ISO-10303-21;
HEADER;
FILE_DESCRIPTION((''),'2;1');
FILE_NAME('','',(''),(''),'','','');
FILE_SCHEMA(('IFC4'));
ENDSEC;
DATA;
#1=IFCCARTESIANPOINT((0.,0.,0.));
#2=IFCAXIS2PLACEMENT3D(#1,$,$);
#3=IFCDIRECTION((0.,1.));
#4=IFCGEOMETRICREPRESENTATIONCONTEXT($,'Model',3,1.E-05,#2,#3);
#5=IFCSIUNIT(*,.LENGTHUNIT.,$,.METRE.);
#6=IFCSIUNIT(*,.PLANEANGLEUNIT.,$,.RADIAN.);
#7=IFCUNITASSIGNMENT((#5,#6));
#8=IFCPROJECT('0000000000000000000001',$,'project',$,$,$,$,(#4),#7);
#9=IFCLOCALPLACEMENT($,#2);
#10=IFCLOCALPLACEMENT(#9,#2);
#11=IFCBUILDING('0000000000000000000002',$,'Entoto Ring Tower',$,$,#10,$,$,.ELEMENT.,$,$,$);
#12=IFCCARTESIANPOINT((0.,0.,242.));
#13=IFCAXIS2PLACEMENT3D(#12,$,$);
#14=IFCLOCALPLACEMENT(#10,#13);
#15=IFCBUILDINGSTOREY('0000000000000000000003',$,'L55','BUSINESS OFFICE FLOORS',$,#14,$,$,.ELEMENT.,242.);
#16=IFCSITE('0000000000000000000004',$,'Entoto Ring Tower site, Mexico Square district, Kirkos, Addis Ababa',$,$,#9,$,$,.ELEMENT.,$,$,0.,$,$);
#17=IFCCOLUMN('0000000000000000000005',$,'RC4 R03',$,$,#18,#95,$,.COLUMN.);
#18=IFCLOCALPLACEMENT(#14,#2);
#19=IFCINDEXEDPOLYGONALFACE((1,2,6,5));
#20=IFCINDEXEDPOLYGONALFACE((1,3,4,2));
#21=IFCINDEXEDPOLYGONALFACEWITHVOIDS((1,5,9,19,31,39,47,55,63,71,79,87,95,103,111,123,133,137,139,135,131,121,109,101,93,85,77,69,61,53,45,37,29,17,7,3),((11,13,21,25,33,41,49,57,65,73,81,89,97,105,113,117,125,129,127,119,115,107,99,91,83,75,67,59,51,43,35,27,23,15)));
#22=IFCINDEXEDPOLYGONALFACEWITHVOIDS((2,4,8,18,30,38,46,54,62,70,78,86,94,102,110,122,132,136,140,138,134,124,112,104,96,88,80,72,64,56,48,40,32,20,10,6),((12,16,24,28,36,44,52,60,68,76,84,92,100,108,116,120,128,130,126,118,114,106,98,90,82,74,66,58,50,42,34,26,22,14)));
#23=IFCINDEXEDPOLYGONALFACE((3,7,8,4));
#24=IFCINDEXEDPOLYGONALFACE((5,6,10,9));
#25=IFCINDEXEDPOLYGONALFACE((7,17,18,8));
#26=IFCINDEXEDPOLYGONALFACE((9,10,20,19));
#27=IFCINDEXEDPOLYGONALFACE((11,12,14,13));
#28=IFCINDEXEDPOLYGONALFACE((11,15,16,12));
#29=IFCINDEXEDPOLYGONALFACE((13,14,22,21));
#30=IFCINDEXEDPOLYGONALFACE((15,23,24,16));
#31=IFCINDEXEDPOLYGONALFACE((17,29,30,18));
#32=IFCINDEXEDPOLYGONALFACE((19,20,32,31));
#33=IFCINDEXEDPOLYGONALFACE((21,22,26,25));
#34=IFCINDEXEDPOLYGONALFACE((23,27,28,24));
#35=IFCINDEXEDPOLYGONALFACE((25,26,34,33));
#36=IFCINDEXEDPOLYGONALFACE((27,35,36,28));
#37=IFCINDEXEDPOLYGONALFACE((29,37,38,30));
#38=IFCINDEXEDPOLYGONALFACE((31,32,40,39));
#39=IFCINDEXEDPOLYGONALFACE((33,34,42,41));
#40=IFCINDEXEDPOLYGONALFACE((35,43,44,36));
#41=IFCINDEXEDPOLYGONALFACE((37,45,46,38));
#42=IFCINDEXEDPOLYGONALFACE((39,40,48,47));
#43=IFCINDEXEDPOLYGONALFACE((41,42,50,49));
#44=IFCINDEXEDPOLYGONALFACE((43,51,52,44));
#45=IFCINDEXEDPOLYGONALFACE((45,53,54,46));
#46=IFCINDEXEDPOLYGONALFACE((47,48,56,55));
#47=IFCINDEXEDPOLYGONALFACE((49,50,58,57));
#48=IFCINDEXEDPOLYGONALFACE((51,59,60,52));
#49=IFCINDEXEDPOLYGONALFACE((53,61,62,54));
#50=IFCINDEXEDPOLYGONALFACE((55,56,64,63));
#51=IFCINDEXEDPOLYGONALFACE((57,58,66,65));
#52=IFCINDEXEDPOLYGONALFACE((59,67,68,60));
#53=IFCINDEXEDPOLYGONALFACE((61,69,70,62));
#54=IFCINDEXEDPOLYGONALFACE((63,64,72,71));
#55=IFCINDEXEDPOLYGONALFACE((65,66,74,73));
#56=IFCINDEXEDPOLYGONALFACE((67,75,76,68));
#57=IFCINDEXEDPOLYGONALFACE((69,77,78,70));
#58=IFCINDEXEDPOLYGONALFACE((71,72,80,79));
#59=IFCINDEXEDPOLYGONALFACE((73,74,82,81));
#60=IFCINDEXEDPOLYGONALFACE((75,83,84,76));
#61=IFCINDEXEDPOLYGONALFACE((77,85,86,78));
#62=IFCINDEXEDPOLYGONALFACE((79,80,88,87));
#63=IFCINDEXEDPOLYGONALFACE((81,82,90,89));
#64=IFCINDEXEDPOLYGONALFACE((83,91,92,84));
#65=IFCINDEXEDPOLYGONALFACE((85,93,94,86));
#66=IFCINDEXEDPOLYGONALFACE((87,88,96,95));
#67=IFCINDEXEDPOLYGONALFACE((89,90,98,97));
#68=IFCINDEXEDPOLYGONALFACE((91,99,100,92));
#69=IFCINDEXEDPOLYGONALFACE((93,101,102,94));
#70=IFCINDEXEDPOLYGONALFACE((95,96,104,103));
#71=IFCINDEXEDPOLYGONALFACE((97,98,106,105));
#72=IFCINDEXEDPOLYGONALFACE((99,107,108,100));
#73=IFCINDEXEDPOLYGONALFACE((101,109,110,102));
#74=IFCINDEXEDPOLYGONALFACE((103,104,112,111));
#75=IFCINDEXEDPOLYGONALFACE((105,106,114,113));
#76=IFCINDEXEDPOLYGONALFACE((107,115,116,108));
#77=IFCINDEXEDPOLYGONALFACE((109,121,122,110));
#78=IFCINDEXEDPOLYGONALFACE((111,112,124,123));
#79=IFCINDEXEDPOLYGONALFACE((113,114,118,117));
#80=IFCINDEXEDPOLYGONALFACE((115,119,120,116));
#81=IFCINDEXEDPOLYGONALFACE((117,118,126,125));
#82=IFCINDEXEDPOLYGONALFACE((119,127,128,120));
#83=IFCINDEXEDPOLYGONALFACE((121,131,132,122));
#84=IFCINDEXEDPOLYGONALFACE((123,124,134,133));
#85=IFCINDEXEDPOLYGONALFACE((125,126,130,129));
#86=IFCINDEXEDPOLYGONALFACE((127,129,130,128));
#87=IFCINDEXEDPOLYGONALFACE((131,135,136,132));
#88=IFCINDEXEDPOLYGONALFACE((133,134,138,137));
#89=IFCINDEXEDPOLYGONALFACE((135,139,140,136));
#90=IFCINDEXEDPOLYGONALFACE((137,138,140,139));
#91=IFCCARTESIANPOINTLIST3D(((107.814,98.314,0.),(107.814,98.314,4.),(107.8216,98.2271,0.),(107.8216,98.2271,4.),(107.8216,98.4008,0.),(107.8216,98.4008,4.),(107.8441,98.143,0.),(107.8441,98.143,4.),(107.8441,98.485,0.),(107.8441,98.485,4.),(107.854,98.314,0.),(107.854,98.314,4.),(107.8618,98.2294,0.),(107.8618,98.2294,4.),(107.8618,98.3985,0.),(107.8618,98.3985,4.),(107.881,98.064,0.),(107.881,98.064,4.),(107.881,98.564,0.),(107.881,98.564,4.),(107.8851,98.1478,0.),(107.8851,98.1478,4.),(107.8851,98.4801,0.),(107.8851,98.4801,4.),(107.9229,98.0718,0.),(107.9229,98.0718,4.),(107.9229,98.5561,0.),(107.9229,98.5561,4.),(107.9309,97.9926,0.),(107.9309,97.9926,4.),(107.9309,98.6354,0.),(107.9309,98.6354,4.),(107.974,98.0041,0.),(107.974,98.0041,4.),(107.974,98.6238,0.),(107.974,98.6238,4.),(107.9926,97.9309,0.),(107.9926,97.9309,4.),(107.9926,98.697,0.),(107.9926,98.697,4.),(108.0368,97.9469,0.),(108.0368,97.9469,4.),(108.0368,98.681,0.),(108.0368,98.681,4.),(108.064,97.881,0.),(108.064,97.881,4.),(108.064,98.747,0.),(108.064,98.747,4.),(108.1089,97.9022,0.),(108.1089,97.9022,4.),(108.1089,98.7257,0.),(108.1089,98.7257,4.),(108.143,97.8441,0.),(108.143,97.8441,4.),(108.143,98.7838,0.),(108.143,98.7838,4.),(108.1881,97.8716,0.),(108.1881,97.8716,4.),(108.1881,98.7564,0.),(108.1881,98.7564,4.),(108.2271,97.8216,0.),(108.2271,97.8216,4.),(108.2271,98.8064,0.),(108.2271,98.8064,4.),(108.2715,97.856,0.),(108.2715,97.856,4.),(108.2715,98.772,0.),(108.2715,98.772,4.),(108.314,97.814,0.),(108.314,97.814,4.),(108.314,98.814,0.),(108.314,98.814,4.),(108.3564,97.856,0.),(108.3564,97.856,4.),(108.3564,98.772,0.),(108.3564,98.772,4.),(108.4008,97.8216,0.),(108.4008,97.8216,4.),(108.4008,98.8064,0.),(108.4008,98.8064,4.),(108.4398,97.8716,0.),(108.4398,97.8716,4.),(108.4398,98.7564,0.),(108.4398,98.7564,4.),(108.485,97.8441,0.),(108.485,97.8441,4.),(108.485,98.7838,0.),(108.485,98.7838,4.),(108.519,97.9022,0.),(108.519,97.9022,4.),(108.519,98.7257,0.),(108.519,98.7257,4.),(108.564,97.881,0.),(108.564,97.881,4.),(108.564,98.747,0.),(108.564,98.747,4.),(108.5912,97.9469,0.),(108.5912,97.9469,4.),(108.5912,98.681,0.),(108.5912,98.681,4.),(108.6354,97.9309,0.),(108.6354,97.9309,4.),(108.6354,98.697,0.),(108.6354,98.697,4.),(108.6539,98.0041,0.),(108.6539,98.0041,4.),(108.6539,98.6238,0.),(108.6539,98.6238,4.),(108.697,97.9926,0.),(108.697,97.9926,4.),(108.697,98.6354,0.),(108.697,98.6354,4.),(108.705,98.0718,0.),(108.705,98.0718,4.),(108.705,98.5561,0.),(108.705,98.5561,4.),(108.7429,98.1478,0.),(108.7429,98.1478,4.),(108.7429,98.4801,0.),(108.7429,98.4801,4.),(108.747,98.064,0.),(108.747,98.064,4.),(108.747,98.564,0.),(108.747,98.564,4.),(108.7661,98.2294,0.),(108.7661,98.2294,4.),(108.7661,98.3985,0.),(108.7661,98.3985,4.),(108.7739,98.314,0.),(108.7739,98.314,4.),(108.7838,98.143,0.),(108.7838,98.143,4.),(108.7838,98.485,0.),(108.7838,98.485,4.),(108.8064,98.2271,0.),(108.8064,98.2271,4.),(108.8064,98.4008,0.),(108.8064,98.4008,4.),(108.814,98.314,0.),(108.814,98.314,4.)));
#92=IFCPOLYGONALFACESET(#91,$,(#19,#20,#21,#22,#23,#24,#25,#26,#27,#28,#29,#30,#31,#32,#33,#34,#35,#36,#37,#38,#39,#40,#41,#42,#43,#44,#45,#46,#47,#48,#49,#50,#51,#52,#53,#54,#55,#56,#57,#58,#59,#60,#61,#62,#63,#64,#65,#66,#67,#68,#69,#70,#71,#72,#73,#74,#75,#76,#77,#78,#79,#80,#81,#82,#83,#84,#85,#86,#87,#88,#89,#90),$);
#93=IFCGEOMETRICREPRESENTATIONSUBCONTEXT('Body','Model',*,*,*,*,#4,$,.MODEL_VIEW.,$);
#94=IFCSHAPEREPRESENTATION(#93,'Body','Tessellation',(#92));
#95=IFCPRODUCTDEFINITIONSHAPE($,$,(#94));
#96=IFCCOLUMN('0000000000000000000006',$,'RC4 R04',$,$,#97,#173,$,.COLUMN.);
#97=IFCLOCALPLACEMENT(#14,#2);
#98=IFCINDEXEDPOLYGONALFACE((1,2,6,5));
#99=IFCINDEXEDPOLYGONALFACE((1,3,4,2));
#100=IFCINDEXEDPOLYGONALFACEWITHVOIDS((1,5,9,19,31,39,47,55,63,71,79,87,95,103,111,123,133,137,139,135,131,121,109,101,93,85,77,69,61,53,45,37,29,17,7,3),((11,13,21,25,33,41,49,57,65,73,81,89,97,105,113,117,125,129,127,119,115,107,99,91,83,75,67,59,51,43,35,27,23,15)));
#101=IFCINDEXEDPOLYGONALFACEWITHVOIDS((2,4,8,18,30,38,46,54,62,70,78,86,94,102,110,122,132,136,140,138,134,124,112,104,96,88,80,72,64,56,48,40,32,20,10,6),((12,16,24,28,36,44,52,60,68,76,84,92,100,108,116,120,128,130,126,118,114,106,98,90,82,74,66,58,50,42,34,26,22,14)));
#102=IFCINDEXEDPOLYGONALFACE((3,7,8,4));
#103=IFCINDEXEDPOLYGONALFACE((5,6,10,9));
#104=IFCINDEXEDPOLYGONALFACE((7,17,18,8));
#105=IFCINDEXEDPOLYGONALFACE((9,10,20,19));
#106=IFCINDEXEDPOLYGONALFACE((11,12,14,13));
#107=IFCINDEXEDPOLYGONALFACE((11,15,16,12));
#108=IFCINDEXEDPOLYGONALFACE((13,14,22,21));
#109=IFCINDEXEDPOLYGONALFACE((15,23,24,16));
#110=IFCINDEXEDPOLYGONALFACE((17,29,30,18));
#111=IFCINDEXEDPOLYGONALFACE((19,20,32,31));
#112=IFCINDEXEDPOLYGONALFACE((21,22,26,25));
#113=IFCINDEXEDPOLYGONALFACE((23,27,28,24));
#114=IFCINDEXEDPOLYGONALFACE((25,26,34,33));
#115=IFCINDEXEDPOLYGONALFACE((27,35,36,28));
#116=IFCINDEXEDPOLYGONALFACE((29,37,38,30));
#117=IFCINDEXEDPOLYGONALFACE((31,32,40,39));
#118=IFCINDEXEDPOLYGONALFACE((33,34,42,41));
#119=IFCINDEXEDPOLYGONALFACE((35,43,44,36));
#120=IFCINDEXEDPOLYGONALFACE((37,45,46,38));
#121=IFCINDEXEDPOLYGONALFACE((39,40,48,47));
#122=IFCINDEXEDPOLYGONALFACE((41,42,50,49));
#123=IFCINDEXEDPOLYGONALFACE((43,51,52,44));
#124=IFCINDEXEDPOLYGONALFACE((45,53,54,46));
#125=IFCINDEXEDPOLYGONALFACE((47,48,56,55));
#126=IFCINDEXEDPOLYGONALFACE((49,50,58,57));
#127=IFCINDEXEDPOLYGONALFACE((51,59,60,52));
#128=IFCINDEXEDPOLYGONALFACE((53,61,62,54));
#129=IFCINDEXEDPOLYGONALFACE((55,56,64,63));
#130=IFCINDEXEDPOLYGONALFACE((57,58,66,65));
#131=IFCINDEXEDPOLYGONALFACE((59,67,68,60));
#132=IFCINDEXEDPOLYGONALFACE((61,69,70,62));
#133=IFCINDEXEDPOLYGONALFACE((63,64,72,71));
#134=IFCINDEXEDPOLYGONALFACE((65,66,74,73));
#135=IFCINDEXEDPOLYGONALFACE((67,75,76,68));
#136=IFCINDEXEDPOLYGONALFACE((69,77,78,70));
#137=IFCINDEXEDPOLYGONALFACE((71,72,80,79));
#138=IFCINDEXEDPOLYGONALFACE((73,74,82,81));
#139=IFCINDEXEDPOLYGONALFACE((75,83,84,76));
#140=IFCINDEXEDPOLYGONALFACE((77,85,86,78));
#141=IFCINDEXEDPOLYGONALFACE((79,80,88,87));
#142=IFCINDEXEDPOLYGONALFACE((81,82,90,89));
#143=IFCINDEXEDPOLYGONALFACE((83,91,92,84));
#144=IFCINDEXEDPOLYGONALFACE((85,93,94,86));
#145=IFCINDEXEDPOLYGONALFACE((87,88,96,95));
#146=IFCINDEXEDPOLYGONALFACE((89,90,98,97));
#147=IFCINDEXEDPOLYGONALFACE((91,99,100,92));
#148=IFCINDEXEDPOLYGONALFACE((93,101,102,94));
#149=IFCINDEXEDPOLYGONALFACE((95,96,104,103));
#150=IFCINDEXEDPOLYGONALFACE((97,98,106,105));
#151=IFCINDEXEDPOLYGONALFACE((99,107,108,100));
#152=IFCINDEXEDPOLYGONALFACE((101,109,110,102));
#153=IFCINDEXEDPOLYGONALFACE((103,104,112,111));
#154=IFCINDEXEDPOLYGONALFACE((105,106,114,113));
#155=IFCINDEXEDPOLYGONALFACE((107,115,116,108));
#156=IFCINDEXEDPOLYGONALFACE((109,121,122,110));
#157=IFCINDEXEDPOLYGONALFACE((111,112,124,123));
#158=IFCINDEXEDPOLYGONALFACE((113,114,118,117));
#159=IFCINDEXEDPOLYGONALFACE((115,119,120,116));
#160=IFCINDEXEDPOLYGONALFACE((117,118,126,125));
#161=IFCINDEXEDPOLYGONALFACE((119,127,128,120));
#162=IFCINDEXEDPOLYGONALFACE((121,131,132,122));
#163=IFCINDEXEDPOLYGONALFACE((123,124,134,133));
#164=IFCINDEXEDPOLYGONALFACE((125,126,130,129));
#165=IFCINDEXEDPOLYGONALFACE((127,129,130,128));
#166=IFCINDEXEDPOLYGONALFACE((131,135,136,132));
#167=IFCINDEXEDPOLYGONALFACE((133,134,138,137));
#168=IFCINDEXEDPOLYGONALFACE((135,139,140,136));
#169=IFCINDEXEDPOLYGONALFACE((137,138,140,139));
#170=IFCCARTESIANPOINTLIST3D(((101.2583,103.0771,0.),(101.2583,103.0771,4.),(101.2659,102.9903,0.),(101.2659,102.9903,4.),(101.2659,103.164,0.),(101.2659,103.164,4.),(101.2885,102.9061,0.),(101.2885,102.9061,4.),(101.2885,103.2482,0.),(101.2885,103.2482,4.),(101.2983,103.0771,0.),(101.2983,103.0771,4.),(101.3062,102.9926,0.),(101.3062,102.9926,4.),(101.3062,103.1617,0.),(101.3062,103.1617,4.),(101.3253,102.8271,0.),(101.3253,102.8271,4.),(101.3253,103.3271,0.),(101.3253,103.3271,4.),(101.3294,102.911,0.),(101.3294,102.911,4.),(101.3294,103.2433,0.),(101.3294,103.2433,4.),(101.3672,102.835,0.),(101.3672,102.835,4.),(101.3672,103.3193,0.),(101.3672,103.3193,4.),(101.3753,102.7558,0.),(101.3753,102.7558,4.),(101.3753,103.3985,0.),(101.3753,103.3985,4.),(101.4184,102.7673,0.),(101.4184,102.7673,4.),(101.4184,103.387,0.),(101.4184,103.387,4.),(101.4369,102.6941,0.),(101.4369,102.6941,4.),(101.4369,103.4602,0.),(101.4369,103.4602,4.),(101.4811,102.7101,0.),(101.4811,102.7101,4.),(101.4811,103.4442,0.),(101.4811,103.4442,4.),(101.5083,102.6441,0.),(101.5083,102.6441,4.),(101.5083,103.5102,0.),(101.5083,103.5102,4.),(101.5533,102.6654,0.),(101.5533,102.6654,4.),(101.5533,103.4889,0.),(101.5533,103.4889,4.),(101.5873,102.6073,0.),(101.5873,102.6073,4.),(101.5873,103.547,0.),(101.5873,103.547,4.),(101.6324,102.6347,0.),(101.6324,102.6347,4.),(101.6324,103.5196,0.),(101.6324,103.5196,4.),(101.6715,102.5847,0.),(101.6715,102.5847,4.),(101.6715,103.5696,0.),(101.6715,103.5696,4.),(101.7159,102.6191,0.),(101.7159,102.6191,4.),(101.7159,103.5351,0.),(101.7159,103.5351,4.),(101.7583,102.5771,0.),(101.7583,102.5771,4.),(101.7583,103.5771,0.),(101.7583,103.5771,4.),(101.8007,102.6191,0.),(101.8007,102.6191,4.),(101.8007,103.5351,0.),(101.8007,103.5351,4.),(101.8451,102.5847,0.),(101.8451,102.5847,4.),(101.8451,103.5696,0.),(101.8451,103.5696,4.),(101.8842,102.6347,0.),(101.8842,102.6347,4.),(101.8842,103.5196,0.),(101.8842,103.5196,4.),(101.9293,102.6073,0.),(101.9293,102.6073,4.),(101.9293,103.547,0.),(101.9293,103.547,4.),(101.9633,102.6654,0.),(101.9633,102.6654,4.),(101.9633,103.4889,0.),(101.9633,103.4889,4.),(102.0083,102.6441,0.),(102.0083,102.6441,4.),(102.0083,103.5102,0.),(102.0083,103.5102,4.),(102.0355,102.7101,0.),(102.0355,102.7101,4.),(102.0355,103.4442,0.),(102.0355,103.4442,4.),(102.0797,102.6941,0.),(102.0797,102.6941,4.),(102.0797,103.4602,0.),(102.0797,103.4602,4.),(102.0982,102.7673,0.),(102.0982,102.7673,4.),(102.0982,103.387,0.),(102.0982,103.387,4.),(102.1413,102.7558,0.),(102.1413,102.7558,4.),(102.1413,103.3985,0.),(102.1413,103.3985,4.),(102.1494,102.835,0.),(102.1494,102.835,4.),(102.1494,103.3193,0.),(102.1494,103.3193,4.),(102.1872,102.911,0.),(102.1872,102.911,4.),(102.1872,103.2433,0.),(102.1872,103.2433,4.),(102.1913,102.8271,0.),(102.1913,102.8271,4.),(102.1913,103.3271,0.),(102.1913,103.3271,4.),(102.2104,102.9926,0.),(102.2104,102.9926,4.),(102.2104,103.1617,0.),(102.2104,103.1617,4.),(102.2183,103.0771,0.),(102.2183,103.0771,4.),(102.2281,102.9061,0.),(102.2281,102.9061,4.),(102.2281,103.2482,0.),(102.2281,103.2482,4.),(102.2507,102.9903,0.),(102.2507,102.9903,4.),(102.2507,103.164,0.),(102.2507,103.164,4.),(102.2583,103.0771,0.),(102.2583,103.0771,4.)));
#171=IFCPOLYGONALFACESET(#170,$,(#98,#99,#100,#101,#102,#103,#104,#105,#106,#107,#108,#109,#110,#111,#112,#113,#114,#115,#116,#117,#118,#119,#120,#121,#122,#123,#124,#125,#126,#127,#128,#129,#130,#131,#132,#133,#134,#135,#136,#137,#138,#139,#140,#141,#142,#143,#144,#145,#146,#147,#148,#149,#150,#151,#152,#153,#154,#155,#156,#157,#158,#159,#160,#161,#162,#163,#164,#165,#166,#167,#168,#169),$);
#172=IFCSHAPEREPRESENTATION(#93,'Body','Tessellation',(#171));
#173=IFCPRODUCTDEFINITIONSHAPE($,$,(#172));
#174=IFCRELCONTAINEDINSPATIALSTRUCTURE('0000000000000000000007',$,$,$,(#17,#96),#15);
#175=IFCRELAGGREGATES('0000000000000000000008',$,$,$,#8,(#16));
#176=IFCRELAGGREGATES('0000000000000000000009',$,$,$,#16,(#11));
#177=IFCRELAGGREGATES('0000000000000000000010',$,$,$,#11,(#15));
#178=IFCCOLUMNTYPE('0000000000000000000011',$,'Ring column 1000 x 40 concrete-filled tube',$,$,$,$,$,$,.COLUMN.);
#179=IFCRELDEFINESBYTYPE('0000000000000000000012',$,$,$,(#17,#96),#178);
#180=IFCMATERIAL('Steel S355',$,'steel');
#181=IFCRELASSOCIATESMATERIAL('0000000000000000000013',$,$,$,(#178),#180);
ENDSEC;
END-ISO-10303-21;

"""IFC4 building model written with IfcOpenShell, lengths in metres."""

from ifc_helpers import new_model, si_unit, direction, frame, origin, origin_2d, place, context, subcontext, project, spatial, circle, hollow_circle, extrude, material, material_profile, profile_set, type_object, element, save


model = new_model("IFC4")

# Units and contexts
model_context = context("Model", 3, precision=1e-05, world=origin(), true_north=direction((0.0, 1.0)))
body_context = subcontext(model_context, "Body", "Model", "MODEL_VIEW")
ifc_project = project(units=[si_unit("LENGTHUNIT", "METRE"), si_unit("PLANEANGLEUNIT", "RADIAN")], contexts=[model_context])

# Site, building, storey
site_placement = place(None, origin())
site = spatial("IfcSite", under=ifc_project, at=site_placement, Name="Entoto Ring Tower site, Mexico Square district, Kirkos, Addis Ababa", CompositionType="ELEMENT", RefElevation=0.0)
building_placement = place(site_placement, origin())
building = spatial("IfcBuilding", under=site, at=building_placement, Name="Entoto Ring Tower", CompositionType="ELEMENT")
storey_placement = place(building_placement, frame((0.0, 0.0, 242.0)))
storey = spatial("IfcBuildingStorey", under=building, at=storey_placement, Name="L55", Description="BUSINESS OFFICE FLOORS", CompositionType="ELEMENT", Elevation=242.0)

# Columns
ifc_material_1 = material(Name="Steel S355", Category="steel")
ifc_material_profile_1 = material_profile(ifc_material_1, hollow_circle(Radius=0.5, WallThickness=0.04, at=origin_2d()), Name="CHS 1000 x 40")
ifc_material_2 = material(Name="Concrete C60/75", Category="concrete")
ifc_material_profile_2 = material_profile(ifc_material_2, circle(Radius=0.46, at=origin_2d()), Name="Concrete C60/75 infill")
ifc_profile_set_1 = profile_set([ifc_material_profile_1, ifc_material_profile_2], Name="Steel S355")
column_type = type_object("IfcColumnType", Name="Ring column 1000 x 40 concrete-filled tube", PredefinedType="COLUMN", material=ifc_profile_set_1)
for number, where, z_axis, x_axis, name in (
    (1, (108.314, 98.314, 0.0), (0.0, 0.0, 1.0), (1.0, 0.0, 0.0), "RC4 R03"),
    (2, (101.7583, 103.0771, 0.0), (0.0, 0.0, 1.0), (1.0, 0.0, 0.0), "RC4 R04"),
):
    element("IfcColumn", number, at=place(storey_placement, frame(where, z_axis=z_axis, x_axis=x_axis)), inside=storey, type_object=column_type, Name=name, PredefinedType="COLUMN", context=body_context, shape_type="SweptSolid", body=[
        extrude(hollow_circle(Radius=0.5, WallThickness=0.04, at=origin_2d()), origin(), (0.0, 0.0, 1.0), 4.0),
    ])

save(model, "model.ifc")
